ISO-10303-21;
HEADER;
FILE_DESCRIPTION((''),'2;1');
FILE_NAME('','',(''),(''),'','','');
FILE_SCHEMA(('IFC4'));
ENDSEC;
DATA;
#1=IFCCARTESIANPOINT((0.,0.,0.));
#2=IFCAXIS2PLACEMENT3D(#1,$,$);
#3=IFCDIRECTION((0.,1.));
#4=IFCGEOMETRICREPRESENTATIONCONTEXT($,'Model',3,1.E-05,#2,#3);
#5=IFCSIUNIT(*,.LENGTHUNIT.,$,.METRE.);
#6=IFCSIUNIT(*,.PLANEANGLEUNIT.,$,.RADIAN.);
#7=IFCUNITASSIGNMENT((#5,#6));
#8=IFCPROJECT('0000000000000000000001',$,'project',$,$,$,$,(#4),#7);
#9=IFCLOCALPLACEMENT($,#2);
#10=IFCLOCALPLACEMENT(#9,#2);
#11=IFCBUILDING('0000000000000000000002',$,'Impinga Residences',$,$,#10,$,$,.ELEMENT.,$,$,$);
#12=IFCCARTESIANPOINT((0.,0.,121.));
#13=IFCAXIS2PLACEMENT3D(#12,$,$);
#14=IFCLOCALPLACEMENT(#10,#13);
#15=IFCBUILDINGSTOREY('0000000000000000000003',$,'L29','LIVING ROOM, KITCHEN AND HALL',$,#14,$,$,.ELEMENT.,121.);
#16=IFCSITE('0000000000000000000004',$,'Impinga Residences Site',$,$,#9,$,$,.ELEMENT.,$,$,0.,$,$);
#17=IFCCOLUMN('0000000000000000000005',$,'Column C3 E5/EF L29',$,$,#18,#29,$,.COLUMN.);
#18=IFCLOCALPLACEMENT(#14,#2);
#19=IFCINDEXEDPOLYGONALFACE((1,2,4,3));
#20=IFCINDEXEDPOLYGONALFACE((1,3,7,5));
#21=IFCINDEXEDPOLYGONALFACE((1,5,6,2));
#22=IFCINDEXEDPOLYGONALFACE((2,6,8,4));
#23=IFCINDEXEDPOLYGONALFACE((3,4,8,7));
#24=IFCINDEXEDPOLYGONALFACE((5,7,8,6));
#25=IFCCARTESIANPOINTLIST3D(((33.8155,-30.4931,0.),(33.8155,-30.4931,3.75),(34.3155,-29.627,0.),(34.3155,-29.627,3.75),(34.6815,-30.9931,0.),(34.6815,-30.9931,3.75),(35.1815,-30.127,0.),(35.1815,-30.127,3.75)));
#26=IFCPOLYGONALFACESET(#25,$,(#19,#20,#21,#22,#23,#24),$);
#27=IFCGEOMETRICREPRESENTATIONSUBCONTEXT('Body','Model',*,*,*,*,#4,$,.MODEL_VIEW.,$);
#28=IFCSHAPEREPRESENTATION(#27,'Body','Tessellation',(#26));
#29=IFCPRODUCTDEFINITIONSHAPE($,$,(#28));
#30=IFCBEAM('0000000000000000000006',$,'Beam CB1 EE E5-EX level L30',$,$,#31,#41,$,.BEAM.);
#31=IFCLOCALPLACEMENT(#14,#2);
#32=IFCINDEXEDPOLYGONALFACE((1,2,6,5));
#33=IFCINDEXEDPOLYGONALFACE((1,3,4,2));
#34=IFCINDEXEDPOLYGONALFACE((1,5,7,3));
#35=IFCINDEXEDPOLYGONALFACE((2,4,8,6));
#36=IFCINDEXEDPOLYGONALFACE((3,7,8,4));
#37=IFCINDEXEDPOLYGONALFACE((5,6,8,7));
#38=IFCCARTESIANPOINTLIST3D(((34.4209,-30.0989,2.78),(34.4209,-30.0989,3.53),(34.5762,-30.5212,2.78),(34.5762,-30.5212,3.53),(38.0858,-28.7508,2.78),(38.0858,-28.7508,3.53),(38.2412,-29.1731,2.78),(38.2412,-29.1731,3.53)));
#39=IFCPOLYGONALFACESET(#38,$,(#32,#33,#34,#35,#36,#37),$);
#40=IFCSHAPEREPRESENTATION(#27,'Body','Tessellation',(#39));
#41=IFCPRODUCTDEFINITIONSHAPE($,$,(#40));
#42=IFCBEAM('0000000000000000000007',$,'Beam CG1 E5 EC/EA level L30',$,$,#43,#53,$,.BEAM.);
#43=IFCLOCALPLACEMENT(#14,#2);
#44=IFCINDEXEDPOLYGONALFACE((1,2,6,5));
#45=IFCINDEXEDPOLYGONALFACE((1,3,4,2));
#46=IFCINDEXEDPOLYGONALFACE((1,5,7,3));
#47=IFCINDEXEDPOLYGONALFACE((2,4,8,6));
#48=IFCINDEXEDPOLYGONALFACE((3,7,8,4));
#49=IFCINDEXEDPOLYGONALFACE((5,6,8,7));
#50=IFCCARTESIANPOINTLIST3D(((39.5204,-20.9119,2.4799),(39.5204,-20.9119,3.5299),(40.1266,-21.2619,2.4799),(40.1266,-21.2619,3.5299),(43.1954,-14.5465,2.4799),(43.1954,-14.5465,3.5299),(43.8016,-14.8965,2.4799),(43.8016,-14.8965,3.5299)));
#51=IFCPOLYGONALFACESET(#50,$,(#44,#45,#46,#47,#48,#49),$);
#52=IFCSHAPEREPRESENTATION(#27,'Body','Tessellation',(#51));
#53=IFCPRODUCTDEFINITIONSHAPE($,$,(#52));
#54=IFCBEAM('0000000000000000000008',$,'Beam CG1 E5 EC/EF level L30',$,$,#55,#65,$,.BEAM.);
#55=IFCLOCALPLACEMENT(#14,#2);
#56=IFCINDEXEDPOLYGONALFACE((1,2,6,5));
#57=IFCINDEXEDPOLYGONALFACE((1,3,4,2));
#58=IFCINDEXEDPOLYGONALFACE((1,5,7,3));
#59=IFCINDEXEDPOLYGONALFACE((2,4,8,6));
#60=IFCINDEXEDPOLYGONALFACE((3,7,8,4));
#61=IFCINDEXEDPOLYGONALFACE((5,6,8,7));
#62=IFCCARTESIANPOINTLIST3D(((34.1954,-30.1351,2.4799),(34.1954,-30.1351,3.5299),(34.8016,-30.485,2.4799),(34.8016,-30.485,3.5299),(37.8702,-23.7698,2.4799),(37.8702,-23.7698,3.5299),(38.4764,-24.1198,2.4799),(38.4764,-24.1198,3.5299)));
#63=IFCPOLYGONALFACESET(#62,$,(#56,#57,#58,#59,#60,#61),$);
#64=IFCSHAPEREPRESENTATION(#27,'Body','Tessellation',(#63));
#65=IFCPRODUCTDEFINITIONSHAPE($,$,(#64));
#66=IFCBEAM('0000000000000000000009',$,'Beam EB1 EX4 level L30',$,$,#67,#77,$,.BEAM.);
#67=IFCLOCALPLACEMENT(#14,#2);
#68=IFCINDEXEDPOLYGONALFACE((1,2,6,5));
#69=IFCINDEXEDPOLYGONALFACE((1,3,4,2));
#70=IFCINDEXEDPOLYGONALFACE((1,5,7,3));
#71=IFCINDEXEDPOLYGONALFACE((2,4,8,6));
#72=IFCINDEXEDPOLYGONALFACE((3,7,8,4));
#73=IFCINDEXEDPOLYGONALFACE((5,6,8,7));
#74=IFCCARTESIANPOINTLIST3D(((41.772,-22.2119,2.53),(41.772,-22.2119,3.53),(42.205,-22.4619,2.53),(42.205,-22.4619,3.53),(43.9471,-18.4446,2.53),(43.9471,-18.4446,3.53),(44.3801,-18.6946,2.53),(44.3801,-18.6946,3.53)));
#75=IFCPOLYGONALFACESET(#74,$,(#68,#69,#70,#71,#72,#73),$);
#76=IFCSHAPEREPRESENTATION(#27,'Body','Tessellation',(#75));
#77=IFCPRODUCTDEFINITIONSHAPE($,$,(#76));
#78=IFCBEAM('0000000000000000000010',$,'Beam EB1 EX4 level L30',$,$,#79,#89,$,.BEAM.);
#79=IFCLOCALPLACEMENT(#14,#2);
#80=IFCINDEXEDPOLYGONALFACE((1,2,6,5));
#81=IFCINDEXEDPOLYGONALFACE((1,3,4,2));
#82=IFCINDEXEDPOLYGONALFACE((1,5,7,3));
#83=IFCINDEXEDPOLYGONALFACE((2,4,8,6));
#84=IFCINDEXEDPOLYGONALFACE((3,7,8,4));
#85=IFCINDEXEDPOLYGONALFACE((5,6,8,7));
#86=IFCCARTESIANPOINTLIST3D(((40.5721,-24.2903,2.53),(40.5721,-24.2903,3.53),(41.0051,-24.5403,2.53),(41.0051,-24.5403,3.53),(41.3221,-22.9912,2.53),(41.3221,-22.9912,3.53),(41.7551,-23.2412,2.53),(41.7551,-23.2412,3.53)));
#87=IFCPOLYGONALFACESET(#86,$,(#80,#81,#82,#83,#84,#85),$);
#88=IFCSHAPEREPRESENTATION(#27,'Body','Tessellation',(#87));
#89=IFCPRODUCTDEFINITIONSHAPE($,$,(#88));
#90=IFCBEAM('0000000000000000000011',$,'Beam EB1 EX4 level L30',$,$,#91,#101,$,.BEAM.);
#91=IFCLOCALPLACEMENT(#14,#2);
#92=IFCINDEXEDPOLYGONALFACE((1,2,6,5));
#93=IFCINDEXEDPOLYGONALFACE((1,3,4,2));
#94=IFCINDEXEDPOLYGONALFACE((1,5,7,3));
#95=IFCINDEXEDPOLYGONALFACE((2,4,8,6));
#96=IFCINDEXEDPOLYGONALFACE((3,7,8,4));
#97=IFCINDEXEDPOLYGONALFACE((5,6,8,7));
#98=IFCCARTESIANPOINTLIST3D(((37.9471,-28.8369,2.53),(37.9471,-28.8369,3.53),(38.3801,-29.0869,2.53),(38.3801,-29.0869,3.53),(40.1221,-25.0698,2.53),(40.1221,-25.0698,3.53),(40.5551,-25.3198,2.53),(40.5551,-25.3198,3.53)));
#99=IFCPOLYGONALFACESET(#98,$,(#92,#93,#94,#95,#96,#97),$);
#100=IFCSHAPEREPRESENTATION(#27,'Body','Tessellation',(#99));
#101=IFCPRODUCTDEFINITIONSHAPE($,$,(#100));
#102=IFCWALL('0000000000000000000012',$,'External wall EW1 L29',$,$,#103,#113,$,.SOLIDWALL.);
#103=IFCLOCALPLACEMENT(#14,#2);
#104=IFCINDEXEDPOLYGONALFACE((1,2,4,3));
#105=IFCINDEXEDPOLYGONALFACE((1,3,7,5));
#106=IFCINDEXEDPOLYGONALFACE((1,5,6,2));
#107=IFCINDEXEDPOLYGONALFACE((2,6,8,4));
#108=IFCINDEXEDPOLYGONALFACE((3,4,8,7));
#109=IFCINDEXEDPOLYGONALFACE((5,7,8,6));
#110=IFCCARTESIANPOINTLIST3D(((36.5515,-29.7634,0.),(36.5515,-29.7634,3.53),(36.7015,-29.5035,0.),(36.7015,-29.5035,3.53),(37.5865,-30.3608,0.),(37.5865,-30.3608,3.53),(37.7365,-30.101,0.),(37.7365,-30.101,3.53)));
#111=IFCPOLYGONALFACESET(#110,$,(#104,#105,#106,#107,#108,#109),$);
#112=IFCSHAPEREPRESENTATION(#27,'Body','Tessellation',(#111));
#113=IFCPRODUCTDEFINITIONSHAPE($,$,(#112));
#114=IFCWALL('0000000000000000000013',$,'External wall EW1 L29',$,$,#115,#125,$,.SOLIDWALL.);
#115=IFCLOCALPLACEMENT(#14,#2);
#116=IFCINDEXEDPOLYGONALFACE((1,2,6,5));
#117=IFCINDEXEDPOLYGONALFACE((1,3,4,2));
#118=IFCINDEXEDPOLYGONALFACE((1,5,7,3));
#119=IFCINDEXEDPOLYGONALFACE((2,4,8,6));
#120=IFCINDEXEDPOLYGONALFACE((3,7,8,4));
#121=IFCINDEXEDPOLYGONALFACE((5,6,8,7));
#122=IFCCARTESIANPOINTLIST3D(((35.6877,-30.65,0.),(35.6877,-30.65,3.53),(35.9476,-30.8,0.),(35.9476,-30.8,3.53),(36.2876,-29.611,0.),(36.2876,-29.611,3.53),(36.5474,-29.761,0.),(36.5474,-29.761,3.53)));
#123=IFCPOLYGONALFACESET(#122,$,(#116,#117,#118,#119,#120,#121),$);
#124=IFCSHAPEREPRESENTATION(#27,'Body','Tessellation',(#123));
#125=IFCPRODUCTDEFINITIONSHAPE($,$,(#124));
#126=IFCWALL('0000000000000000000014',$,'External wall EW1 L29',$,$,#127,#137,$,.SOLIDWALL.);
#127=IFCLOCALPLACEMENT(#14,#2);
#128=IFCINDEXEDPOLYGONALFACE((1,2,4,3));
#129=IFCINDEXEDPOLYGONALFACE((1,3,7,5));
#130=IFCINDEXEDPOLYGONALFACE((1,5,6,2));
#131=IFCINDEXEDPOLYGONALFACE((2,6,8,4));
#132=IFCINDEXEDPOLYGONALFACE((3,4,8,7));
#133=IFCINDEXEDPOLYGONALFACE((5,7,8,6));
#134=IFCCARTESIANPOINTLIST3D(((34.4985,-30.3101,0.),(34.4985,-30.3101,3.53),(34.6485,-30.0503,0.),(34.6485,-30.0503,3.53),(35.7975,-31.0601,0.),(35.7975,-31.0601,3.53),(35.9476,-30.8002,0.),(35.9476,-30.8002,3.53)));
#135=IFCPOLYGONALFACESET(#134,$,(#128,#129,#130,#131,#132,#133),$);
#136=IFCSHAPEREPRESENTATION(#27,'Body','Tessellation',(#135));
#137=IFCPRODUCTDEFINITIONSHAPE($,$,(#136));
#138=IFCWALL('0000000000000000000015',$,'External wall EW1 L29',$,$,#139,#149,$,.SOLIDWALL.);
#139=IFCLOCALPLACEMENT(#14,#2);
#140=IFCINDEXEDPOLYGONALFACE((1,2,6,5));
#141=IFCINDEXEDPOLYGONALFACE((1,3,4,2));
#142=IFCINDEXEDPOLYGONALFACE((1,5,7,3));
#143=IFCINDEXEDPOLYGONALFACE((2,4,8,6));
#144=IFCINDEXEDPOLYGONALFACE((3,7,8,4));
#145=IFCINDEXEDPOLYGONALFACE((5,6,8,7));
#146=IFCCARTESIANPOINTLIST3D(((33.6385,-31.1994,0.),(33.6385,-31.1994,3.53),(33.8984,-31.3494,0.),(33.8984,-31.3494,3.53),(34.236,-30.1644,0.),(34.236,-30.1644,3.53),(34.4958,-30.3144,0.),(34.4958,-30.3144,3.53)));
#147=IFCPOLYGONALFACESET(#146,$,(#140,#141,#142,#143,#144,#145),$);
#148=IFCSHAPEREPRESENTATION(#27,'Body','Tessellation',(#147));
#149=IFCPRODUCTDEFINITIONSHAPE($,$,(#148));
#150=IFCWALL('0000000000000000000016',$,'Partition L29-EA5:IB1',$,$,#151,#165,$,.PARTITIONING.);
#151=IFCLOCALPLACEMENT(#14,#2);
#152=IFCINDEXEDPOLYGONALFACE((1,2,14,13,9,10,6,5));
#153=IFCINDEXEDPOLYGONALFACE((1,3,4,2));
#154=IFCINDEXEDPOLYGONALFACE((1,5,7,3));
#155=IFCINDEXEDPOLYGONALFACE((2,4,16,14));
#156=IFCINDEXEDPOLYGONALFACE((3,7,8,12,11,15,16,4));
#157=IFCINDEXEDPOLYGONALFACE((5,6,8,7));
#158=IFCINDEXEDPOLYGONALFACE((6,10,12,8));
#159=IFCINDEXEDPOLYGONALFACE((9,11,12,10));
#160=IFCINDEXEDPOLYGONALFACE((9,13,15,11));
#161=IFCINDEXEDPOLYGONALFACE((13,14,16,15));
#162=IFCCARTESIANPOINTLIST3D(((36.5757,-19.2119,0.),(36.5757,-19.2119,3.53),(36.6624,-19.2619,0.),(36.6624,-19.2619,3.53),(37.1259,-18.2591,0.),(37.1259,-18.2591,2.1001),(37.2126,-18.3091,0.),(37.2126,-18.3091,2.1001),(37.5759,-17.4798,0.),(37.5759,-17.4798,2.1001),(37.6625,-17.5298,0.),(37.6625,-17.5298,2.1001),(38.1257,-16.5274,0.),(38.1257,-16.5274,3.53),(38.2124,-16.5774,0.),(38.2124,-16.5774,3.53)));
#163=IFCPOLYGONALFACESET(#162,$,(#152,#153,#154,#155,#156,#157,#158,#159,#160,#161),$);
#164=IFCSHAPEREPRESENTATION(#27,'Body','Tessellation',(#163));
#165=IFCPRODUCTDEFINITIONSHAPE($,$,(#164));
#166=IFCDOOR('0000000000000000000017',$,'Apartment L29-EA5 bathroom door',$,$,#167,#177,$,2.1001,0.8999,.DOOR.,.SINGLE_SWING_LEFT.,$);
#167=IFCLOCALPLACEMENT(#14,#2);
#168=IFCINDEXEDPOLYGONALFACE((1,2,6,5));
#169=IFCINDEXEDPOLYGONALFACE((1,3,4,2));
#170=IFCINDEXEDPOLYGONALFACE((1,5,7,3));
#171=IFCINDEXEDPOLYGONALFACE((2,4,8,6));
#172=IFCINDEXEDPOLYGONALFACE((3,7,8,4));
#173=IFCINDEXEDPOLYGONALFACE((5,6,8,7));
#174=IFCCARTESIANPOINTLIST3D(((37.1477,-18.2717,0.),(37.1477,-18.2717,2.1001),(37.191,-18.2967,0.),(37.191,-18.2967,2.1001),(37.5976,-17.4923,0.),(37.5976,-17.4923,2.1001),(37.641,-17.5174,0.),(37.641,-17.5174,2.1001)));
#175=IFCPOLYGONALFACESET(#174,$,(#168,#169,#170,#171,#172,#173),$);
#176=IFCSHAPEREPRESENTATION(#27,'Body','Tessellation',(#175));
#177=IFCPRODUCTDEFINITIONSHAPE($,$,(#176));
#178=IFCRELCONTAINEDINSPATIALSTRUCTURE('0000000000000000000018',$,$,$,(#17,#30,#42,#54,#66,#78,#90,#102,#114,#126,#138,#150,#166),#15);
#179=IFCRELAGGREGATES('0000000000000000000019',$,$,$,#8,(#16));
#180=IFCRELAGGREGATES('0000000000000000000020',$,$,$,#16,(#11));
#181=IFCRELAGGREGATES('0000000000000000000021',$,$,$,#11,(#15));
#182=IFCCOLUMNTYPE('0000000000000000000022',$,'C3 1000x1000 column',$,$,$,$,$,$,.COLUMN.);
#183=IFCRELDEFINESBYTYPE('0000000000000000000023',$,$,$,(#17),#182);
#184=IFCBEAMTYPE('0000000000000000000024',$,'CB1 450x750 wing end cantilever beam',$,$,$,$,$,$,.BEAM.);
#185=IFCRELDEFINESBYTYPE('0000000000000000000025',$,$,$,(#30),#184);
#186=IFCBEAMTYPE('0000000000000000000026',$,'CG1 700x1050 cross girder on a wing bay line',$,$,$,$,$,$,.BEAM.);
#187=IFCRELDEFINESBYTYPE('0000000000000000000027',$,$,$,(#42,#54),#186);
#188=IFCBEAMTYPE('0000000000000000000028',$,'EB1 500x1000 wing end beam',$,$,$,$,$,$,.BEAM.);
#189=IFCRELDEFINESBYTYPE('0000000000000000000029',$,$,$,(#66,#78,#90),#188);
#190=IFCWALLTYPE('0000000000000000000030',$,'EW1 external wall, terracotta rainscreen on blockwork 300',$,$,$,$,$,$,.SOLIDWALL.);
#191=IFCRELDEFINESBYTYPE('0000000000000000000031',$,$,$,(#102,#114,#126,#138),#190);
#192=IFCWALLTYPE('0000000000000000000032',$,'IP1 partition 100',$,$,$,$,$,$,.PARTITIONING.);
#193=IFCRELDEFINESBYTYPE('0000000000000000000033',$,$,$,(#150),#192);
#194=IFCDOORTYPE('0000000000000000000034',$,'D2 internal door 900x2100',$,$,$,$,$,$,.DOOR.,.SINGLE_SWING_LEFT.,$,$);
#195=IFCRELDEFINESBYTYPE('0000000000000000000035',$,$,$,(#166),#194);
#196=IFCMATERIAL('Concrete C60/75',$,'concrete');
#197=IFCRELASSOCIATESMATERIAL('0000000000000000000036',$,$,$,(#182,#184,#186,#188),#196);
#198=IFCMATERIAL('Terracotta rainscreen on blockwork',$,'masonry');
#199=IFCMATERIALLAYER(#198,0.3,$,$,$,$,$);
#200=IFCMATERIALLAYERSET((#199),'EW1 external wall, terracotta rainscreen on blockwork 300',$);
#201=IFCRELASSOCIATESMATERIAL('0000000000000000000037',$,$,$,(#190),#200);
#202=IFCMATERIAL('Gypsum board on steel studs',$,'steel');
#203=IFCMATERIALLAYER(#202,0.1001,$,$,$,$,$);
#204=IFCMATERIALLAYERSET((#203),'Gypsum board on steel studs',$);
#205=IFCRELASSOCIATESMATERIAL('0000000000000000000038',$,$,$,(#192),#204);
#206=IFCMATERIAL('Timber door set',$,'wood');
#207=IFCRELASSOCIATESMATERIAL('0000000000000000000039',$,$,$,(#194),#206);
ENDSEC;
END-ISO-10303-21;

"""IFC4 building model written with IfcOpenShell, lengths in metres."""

from ifc_helpers import new_model, si_unit, direction, frame, frame_2d, origin, origin_2d, place, context, subcontext, project, spatial, rectangle, extrude, material, layer, layer_set, material_profile, profile_set, type_object, element, fill, save


model = new_model("IFC4")

# Units and contexts
model_context = context("Model", 3, precision=1e-05, world=origin(), true_north=direction((0.0, 1.0)))
body_context = subcontext(model_context, "Body", "Model", "MODEL_VIEW")
ifc_project = project(units=[si_unit("LENGTHUNIT", "METRE"), si_unit("PLANEANGLEUNIT", "RADIAN")], contexts=[model_context])

# Site, building, storey
site_placement = place(None, origin())
site = spatial("IfcSite", under=ifc_project, at=site_placement, Name="Impinga Residences Site", CompositionType="ELEMENT", RefElevation=0.0)
building_placement = place(site_placement, origin())
building = spatial("IfcBuilding", under=site, at=building_placement, Name="Impinga Residences", CompositionType="ELEMENT")
storey_placement = place(building_placement, frame((0.0, 0.0, 121.0)))
storey = spatial("IfcBuildingStorey", under=building, at=storey_placement, Name="L29", Description="LIVING ROOM, KITCHEN AND HALL", CompositionType="ELEMENT", Elevation=121.0)

# Column
ifc_material_1 = material(Name="Concrete C60/75", Category="concrete")
ifc_material_profile_1 = material_profile(ifc_material_1, rectangle(XDim=1.0, YDim=1.0, at=origin_2d()), Name="RC 1000x1000")
ifc_profile_set_1 = profile_set([ifc_material_profile_1], Name="Concrete C60/75")
column_type = type_object("IfcColumnType", Name="C3 1000x1000 column", PredefinedType="COLUMN", material=ifc_profile_set_1)
column_placement = place(storey_placement, frame((34.4985, -30.3101, 0.0), z_axis=(0.0, 0.0, 1.0), x_axis=(-0.5, -0.866025, 0.0)))
element("IfcColumn", 1, at=column_placement, inside=storey, type_object=column_type, Name="Column C3 E5/EF L29", PredefinedType="COLUMN", context=body_context, shape_type="SweptSolid", body=[
    extrude(rectangle(XDim=1.0, YDim=1.0, at=origin_2d()), origin(), (0.0, 0.0, 1.0), 3.75),
])

# Beams
ifc_material_profile_2 = material_profile(ifc_material_1, rectangle(XDim=0.45, YDim=0.75, at=origin_2d()), Name="RC 450x750")
ifc_profile_set_2 = profile_set([ifc_material_profile_2], Name="Concrete C60/75")
beam_type_1 = type_object("IfcBeamType", Name="CB1 450x750 wing end cantilever beam", PredefinedType="BEAM", material=ifc_profile_set_2)
beam_1_placement = place(storey_placement, frame((34.4985, -30.3101, 3.155), z_axis=(0.93852, 0.345224, 0.0), x_axis=(-0.345224, 0.93852, 0.0)))
element("IfcBeam", 2, at=beam_1_placement, inside=storey, type_object=beam_type_1, Name="Beam CB1 EE E5-EX level L30", PredefinedType="BEAM", context=body_context, shape_type="SweptSolid", body=[
    extrude(rectangle(XDim=0.45, YDim=0.75, at=origin_2d()), origin(), (0.0, 0.0, 1.0), 3.905),
])
ifc_material_profile_3 = material_profile(ifc_material_1, rectangle(XDim=0.7, YDim=1.05, at=origin_2d()), Name="RC 700x1050")
ifc_profile_set_3 = profile_set([ifc_material_profile_3], Name="Concrete C60/75")
beam_type_2 = type_object("IfcBeamType", Name="CG1 700x1050 cross girder on a wing bay line", PredefinedType="BEAM", material=ifc_profile_set_3)
beam_2_placement = place(storey_placement, frame((39.8235, -21.0869, 3.0049), z_axis=(0.499994, 0.866029, 0.0), x_axis=(-0.866029, 0.499994, 0.0)))
element("IfcBeam", 3, at=beam_2_placement, inside=storey, type_object=beam_type_2, Name="Beam CG1 E5 EC/EA level L30", PredefinedType="BEAM", context=body_context, shape_type="SweptSolid", body=[
    extrude(rectangle(XDim=0.7, YDim=1.05, at=origin_2d()), origin(), (0.0, 0.0, 1.0), 7.3501),
])
beam_3_placement = place(storey_placement, frame((38.1733, -23.9448, 3.0049), z_axis=(-0.499983, -0.866035, 0.0), x_axis=(0.866035, -0.499983, 0.0)))
element("IfcBeam", 4, at=beam_3_placement, inside=storey, type_object=beam_type_2, Name="Beam CG1 E5 EC/EF level L30", PredefinedType="BEAM", context=body_context, shape_type="SweptSolid", body=[
    extrude(rectangle(XDim=0.7, YDim=1.05, at=origin_2d()), origin(), (0.0, 0.0, 1.0), 7.3499),
])
ifc_material_profile_4 = material_profile(ifc_material_1, rectangle(XDim=0.5, YDim=1.0, at=origin_2d()), Name="RC 500x1000")
ifc_profile_set_4 = profile_set([ifc_material_profile_4], Name="Concrete C60/75")
beam_type_3 = type_object("IfcBeamType", Name="EB1 500x1000 wing end beam", PredefinedType="BEAM", material=ifc_profile_set_4)
beam_4_placement = place(storey_placement, frame((44.1636, -18.5696, 3.03), z_axis=(-0.499996, -0.866028, 0.0), x_axis=(0.866028, -0.499996, 0.0)))
element("IfcBeam", 5, at=beam_4_placement, inside=storey, type_object=beam_type_3, Name="Beam EB1 EX4 level L30", PredefinedType="BEAM", context=body_context, shape_type="SweptSolid", body=[
    extrude(rectangle(XDim=0.5, YDim=1.0, at=origin_2d()), origin(), (0.0, 0.0, 1.0), 4.3501),
])
beam_5_placement = place(storey_placement, frame((41.5386, -23.1162, 3.03), z_axis=(-0.49999, -0.866031, 0.0), x_axis=(0.866031, -0.49999, 0.0)))
element("IfcBeam", 6, at=beam_5_placement, inside=storey, type_object=beam_type_3, Name="Beam EB1 EX4 level L30", PredefinedType="BEAM", context=body_context, shape_type="SweptSolid", body=[
    extrude(rectangle(XDim=0.5, YDim=1.0, at=origin_2d()), origin(), (0.0, 0.0, 1.0), 1.5),
])
beam_6_placement = place(storey_placement, frame((40.3386, -25.1948, 3.03), z_axis=(-0.50002, -0.866014, 0.0), x_axis=(0.866014, -0.50002, 0.0)))
element("IfcBeam", 7, at=beam_6_placement, inside=storey, type_object=beam_type_3, Name="Beam EB1 EX4 level L30", PredefinedType="BEAM", context=body_context, shape_type="SweptSolid", body=[
    extrude(rectangle(XDim=0.5, YDim=1.0, at=origin_2d()), origin(), (0.0, 0.0, 1.0), 4.3499),
])

# Walls
ifc_material_2 = material(Name="Terracotta rainscreen on blockwork", Category="masonry")
ifc_layer_1 = layer(ifc_material_2, 0.3)
ifc_layer_set_1 = layer_set([ifc_layer_1], Name="EW1 external wall, terracotta rainscreen on blockwork 300")
wall_type_1 = type_object("IfcWallType", Name="EW1 external wall, terracotta rainscreen on blockwork 300", PredefinedType="SOLIDWALL", material=ifc_layer_set_1)
wall_1_placement = place(storey_placement, frame((37.6616, -30.231, 0.0), z_axis=(0.0, 0.0, 1.0), x_axis=(-0.86606, 0.499941, 0.0)))
element("IfcWall", 8, at=wall_1_placement, inside=storey, type_object=wall_type_1, Name="External wall EW1 L29", PredefinedType="SOLIDWALL", context=body_context, shape_type="SweptSolid", body=[
    extrude(rectangle(XDim=1.1951, YDim=0.3, at=frame_2d((0.5977, 0.0))), origin(), (0.0, 0.0, 1.0), 3.53),
])
wall_2_placement = place(storey_placement, frame((36.4175, -29.686, 0.0), z_axis=(0.0, 0.0, 1.0), x_axis=(-0.499969, -0.866043, 0.0)))
element("IfcWall", 9, at=wall_2_placement, inside=storey, type_object=wall_type_1, Name="External wall EW1 L29", PredefinedType="SOLIDWALL", context=body_context, shape_type="SweptSolid", body=[
    extrude(rectangle(XDim=1.1997, YDim=0.3, at=frame_2d((0.5999, 0.0))), origin(), (0.0, 0.0, 1.0), 3.53),
])
wall_3_placement = place(storey_placement, frame((35.8726, -30.9302, 0.0), z_axis=(0.0, 0.0, 1.0), x_axis=(-0.866031, 0.49999, 0.0)))
element("IfcWall", 10, at=wall_3_placement, inside=storey, type_object=wall_type_1, Name="External wall EW1 L29", PredefinedType="SOLIDWALL", context=body_context, shape_type="SweptSolid", body=[
    extrude(rectangle(XDim=1.5, YDim=0.3, at=frame_2d((0.75, 0.0))), origin(), (0.0, 0.0, 1.0), 3.53),
])
wall_4_placement = place(storey_placement, frame((34.366, -30.2393, 0.0), z_axis=(0.0, 0.0, 1.0), x_axis=(-0.499941, -0.86606, 0.0)))
element("IfcWall", 11, at=wall_4_placement, inside=storey, type_object=wall_type_1, Name="External wall EW1 L29", PredefinedType="SOLIDWALL", context=body_context, shape_type="SweptSolid", body=[
    extrude(rectangle(XDim=1.1951, YDim=0.3, at=frame_2d((0.5977, 0.0))), origin(), (0.0, 0.0, 1.0), 3.53),
])

# Wall, opening, door
ifc_material_3 = material(Name="Gypsum board on steel studs", Category="steel")
ifc_layer_2 = layer(ifc_material_3, 0.1001)
ifc_layer_set_2 = layer_set([ifc_layer_2], Name="Gypsum board on steel studs")
wall_type_2 = type_object("IfcWallType", Name="IP1 partition 100", PredefinedType="PARTITIONING", material=ifc_layer_set_2)
wall_5_placement = place(storey_placement, frame((36.6191, -19.2368, 0.0), z_axis=(0.0, 0.0, 1.0), x_axis=(0.500027, 0.86601, 0.0)))
wall_5 = element("IfcWall", 12, at=wall_5_placement, inside=storey, type_object=wall_type_2, Name="Partition L29-EA5:IB1", PredefinedType="PARTITIONING", context=body_context, shape_type="SweptSolid", body=[
    extrude(rectangle(XDim=3.0999, YDim=0.1001, at=frame_2d((1.5498, 0.0))), origin(), (0.0, 0.0, 1.0), 3.53),
])
opening_placement = place(wall_5_placement, frame((1.1001, 0.0, 0.0)))
opening = element("IfcOpeningElement", 13, at=opening_placement, cuts=wall_5, PredefinedType="OPENING", context=body_context, shape_type="SweptSolid", body=[
    extrude(rectangle(XDim=0.8999, YDim=2.1001, at=frame_2d((0.45, 1.05))), frame((0.0, 0.0601, 0.0), z_axis=(0.0, -1.0, 0.0), x_axis=(1.0, 0.0, 0.0)), (0.0, 0.0, 1.0), 0.1201),
])
ifc_material_4 = material(Name="Timber door set", Category="wood")
door_type = type_object("IfcDoorType", Name="D2 internal door 900x2100", OperationType="SINGLE_SWING_LEFT", PredefinedType="DOOR", material=ifc_material_4)
door_placement = place(opening_placement, origin())
door = element("IfcDoor", 14, at=door_placement, inside=storey, type_object=door_type, Name="Apartment L29-EA5 bathroom door", OperationType="SINGLE_SWING_LEFT", OverallHeight=2.1001, OverallWidth=0.8999, PredefinedType="DOOR", context=body_context, shape_type="SweptSolid", body=[
    extrude(rectangle(XDim=0.8999, YDim=2.1001, at=frame_2d((0.45, 1.05))), frame((0.0, 0.0249, 0.0), z_axis=(0.0, -1.0, 0.0), x_axis=(1.0, 0.0, 0.0)), (0.0, 0.0, 1.0), 0.05),
])
fill(opening, door)

save(model, "model.ifc")
